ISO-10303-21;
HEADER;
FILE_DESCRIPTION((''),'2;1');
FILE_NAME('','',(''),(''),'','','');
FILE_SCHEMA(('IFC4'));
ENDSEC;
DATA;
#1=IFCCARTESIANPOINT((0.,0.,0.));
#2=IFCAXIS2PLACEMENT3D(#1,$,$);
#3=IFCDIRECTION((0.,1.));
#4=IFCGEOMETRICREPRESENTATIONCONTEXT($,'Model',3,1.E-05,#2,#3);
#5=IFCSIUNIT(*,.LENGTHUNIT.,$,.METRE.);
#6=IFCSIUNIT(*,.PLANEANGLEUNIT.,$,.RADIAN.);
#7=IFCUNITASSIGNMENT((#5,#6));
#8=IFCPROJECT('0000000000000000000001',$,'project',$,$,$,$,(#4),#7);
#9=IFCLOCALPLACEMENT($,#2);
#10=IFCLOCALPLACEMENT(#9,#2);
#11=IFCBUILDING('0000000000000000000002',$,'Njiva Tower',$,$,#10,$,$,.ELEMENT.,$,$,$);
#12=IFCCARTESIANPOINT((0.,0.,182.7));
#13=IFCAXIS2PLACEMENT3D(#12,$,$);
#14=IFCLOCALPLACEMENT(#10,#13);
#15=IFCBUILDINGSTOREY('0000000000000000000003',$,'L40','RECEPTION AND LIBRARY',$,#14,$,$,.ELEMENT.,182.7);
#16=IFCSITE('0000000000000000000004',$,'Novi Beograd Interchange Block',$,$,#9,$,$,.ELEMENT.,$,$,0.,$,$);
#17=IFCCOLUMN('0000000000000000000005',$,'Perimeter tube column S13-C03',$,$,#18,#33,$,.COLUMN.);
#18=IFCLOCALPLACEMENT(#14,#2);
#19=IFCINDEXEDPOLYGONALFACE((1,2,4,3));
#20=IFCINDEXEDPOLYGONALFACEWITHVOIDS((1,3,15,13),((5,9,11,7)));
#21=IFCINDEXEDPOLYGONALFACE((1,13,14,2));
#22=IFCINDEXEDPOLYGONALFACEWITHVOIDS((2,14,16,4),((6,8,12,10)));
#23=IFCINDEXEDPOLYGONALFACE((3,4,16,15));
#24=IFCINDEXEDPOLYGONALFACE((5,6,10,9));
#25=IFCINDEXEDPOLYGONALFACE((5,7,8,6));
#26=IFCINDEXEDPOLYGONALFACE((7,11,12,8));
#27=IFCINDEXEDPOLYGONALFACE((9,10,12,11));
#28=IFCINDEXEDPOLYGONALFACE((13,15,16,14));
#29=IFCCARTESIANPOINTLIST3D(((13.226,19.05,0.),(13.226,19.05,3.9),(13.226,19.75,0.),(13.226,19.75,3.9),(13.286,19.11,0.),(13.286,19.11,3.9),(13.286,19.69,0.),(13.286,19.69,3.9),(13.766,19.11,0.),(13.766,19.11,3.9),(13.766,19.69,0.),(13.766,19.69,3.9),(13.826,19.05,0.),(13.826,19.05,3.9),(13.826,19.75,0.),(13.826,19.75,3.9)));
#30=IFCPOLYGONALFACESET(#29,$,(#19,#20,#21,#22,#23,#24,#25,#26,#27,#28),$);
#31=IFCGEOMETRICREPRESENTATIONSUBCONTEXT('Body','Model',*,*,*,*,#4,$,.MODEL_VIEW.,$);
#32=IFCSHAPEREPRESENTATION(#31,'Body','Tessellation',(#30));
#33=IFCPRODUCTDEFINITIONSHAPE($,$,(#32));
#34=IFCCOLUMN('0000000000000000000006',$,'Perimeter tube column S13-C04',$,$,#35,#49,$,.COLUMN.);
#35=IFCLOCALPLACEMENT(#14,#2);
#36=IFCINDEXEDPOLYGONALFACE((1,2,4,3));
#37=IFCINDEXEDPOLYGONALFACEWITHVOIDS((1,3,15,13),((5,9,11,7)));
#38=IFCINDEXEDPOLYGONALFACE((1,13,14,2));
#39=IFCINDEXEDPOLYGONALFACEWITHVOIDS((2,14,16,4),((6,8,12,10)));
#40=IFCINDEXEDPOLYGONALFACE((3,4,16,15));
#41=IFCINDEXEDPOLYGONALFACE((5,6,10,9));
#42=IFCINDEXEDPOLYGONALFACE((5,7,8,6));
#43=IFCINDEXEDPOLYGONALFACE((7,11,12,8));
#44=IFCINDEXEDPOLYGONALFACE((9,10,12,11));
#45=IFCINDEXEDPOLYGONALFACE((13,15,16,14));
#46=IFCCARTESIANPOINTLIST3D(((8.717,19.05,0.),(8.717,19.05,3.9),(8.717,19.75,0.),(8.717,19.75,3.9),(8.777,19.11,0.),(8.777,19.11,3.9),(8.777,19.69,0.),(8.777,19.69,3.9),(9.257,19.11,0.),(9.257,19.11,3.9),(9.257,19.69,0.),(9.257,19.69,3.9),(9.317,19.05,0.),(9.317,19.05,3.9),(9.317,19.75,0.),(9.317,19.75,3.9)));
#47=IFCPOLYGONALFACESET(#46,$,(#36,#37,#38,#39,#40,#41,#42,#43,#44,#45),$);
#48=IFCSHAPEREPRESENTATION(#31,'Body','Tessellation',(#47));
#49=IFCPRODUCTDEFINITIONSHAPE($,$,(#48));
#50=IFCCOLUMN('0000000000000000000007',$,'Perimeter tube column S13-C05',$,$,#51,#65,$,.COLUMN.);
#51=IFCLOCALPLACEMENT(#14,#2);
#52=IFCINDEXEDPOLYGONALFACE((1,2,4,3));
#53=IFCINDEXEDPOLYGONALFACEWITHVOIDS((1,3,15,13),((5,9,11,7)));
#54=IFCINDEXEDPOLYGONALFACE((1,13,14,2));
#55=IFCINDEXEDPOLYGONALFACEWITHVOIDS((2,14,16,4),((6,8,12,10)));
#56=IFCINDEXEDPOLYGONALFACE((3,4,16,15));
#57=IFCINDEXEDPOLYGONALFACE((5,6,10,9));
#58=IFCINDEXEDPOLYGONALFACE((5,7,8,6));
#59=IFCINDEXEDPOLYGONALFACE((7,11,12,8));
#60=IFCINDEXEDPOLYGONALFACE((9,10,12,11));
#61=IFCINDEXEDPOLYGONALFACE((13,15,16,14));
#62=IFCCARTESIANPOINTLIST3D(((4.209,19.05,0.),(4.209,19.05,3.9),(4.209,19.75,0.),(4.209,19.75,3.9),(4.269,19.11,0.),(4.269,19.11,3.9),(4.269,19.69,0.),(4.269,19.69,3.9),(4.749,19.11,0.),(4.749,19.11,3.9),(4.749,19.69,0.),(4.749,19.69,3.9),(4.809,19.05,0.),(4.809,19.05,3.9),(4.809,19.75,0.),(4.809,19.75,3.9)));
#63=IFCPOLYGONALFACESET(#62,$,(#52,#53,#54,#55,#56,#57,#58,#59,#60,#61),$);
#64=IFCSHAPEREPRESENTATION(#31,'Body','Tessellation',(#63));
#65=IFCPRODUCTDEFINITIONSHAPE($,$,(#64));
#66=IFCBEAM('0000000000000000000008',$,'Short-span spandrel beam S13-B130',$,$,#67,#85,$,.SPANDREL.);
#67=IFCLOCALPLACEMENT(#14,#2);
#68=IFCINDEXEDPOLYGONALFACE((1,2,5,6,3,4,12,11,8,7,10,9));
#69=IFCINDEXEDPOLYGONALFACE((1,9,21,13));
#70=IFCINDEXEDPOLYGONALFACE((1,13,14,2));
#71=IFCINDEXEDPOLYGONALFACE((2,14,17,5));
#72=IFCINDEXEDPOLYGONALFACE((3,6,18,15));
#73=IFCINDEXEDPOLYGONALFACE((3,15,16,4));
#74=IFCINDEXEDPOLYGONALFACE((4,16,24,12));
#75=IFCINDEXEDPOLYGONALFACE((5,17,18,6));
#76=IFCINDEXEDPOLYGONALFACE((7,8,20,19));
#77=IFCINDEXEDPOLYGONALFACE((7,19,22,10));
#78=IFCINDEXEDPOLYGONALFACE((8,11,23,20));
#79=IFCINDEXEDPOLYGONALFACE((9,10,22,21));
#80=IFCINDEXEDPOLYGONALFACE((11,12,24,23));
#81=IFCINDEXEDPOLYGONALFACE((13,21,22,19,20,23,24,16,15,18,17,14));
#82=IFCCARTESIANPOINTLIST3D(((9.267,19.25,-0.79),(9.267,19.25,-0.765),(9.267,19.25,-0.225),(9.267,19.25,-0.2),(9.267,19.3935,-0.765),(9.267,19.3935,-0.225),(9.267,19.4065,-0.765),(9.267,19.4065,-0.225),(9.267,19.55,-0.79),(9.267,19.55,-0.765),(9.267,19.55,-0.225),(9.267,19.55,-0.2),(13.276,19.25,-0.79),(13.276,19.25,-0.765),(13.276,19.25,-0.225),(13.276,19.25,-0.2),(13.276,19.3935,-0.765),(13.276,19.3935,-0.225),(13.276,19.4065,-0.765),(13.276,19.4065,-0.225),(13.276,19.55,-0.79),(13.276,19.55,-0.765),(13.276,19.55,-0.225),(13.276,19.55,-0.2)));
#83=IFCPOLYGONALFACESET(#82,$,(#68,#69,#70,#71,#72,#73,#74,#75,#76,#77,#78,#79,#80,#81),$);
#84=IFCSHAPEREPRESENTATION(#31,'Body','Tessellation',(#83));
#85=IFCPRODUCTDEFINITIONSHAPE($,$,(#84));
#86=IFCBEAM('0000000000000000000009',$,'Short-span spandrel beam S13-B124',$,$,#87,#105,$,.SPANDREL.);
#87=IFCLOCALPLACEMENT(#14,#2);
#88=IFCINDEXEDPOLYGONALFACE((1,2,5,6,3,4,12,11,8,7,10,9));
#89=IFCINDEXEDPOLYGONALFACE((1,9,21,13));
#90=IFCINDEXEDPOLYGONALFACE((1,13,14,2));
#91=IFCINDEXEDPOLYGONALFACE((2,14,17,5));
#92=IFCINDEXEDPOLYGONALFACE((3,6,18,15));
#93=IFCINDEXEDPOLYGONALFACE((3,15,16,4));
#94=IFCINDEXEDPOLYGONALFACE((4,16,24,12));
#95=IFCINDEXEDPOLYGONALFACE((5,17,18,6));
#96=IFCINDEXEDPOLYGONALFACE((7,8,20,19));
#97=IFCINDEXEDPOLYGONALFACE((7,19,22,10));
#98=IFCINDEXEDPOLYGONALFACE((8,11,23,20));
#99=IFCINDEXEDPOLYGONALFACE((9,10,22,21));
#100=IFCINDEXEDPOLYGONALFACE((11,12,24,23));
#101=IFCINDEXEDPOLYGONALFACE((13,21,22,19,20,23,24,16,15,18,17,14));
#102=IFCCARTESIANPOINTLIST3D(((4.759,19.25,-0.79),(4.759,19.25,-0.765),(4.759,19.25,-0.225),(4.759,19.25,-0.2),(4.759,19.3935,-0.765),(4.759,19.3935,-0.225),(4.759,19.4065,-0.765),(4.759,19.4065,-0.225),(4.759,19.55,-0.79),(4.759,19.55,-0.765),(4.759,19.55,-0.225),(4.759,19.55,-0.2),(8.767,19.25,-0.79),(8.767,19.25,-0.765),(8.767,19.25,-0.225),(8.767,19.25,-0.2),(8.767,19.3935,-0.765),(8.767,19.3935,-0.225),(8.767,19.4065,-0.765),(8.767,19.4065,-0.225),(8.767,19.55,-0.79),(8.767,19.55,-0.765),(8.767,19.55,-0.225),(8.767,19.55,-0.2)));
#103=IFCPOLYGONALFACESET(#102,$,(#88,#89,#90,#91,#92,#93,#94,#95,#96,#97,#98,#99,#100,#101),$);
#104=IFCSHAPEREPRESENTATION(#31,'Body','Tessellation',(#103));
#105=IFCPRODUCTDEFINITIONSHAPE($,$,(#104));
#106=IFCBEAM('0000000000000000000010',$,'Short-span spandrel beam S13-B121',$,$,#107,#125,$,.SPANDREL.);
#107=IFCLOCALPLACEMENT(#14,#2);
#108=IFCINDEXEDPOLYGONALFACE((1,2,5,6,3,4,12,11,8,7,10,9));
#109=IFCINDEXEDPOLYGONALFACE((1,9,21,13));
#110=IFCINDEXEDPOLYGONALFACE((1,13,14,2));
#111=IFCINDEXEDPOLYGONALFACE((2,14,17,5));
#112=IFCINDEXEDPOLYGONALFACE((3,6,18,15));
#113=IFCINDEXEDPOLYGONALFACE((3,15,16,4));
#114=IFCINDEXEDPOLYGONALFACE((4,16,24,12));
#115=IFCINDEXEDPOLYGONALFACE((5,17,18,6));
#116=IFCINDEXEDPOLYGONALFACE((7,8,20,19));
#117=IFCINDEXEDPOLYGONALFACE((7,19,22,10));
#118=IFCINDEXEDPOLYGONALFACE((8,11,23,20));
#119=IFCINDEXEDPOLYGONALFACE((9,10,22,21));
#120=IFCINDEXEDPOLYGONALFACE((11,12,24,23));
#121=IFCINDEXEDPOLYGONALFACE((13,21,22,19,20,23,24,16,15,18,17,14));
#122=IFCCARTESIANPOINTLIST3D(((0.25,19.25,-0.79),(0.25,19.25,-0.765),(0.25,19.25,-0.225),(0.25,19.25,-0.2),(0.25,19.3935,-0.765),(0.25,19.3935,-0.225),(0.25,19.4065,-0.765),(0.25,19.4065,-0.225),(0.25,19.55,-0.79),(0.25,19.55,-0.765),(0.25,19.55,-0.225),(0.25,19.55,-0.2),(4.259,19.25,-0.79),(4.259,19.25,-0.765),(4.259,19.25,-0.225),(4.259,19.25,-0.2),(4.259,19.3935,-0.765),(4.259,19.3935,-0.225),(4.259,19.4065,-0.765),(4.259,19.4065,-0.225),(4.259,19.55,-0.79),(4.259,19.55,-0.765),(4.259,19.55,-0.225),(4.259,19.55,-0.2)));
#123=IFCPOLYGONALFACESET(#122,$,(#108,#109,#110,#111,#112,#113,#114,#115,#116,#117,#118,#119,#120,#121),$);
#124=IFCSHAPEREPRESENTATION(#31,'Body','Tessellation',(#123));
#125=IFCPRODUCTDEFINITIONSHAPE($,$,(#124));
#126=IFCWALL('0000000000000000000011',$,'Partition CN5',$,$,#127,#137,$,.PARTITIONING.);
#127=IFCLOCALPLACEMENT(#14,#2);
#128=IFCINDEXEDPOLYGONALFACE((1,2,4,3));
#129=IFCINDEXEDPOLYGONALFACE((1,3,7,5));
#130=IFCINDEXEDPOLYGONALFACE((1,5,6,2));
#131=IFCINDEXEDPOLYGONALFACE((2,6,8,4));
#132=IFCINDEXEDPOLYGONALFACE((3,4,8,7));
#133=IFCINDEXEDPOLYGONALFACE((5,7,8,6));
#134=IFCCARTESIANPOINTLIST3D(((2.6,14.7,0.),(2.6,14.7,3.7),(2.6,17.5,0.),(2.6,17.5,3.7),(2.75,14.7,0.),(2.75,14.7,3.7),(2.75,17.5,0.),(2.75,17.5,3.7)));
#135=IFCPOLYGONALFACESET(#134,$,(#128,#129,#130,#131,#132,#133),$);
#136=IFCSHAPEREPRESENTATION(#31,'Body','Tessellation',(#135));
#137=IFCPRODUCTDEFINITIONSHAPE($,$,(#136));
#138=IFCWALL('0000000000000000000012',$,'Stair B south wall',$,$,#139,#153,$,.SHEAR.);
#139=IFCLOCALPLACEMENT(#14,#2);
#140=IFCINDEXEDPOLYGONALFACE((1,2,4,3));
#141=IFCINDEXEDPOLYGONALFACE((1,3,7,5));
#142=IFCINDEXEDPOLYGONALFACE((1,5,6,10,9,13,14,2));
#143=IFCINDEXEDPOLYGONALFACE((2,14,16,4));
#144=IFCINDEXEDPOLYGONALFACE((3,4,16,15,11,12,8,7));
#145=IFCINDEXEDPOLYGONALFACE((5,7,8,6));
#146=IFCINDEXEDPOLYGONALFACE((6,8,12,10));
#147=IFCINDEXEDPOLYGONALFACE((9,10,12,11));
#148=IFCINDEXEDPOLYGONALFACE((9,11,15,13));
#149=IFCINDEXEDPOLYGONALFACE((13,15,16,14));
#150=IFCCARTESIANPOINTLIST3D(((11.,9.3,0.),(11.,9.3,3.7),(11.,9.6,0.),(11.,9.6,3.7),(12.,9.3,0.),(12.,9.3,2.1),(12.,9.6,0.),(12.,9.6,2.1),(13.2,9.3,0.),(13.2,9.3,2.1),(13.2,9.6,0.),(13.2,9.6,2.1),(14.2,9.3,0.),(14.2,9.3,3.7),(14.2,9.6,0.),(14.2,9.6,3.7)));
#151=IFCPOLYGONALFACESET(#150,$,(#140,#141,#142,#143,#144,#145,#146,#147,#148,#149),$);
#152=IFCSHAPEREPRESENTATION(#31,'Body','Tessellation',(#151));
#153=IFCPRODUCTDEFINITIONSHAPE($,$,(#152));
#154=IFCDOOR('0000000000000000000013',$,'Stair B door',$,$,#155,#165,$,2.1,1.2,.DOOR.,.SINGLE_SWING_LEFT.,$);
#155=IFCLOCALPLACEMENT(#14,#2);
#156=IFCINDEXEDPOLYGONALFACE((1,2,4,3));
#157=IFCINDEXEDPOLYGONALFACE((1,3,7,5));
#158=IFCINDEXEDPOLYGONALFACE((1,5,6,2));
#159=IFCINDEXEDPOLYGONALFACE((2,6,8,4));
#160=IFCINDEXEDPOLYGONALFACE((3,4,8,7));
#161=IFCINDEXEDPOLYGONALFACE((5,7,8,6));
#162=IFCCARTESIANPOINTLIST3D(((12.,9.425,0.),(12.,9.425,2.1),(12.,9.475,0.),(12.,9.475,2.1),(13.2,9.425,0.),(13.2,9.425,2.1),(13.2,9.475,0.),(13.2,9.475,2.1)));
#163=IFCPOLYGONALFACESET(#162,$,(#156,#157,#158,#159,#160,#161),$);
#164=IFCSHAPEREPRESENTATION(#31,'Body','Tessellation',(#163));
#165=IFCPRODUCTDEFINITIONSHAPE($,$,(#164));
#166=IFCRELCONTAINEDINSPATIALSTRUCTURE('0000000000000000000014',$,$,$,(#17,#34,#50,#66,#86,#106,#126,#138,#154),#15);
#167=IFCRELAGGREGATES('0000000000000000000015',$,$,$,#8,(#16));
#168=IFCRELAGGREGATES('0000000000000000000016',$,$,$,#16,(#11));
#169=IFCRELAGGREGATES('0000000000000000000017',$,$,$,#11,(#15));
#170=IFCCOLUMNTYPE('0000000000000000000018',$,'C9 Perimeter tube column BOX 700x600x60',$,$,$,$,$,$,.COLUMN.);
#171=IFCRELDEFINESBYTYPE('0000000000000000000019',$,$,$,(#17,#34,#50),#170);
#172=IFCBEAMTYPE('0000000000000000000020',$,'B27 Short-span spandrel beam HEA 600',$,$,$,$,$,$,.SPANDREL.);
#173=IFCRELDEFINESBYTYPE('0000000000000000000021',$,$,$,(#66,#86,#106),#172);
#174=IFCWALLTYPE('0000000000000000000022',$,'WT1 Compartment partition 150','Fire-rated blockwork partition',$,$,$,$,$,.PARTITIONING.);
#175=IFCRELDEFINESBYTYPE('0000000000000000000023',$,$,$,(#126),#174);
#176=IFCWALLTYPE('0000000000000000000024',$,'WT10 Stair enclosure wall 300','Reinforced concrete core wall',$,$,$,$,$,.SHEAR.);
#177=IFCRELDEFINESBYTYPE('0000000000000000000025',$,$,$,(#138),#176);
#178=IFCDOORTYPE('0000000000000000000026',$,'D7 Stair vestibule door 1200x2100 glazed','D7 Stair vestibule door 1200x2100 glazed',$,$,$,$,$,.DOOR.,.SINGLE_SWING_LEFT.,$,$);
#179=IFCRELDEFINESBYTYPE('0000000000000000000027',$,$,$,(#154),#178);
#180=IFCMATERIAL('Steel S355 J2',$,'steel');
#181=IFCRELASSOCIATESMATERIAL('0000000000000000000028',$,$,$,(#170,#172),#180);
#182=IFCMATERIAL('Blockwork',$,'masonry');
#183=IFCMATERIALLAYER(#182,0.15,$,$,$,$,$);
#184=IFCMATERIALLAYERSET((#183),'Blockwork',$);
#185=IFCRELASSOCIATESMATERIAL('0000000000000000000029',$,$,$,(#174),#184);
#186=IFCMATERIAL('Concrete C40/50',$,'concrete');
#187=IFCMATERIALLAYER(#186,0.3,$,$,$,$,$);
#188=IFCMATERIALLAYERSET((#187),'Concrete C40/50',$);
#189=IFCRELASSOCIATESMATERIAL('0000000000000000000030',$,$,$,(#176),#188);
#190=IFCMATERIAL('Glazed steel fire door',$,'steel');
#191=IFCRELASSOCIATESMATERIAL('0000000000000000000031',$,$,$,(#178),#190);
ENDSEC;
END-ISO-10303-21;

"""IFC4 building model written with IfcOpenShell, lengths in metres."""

from ifc_helpers import new_model, si_unit, direction, frame, frame_2d, origin, origin_2d, place, context, subcontext, project, spatial, rectangle, hollow_rectangle, i_section, extrude, material, layer, layer_set, material_profile, profile_set, type_object, element, fill, save


model = new_model("IFC4")

# Units and contexts
model_context = context("Model", 3, precision=1e-05, world=origin(), true_north=direction((0.0, 1.0)))
body_context = subcontext(model_context, "Body", "Model", "MODEL_VIEW")
ifc_project = project(units=[si_unit("LENGTHUNIT", "METRE"), si_unit("PLANEANGLEUNIT", "RADIAN")], contexts=[model_context])

# Site, building, storey
site_placement = place(None, origin())
site = spatial("IfcSite", under=ifc_project, at=site_placement, Name="Novi Beograd Interchange Block", CompositionType="ELEMENT", RefElevation=0.0)
building_placement = place(site_placement, origin())
building = spatial("IfcBuilding", under=site, at=building_placement, Name="Njiva Tower", CompositionType="ELEMENT")
storey_placement = place(building_placement, frame((0.0, 0.0, 182.7)))
storey = spatial("IfcBuildingStorey", under=building, at=storey_placement, Name="L40", Description="RECEPTION AND LIBRARY", CompositionType="ELEMENT", Elevation=182.7)

# Columns
ifc_material_1 = material(Name="Steel S355 J2", Category="steel")
ifc_material_profile_1 = material_profile(ifc_material_1, hollow_rectangle(XDim=0.6, YDim=0.7, WallThickness=0.06, at=origin_2d()), Name="BOX 700x600x60")
ifc_profile_set_1 = profile_set([ifc_material_profile_1], Name="Steel S355 J2")
column_type = type_object("IfcColumnType", Name="C9 Perimeter tube column BOX 700x600x60", PredefinedType="COLUMN", material=ifc_profile_set_1)
for number, where, z_axis, x_axis, name in (
    (1, (13.526, 19.4, 0.0), (0.0, 0.0, 1.0), (-1.0, 0.0, 0.0), "Perimeter tube column S13-C03"),
    (2, (9.017, 19.4, 0.0), (0.0, 0.0, 1.0), (-1.0, 0.0, 0.0), "Perimeter tube column S13-C04"),
    (3, (4.509, 19.4, 0.0), (0.0, 0.0, 1.0), (-1.0, 0.0, 0.0), "Perimeter tube column S13-C05"),
):
    element("IfcColumn", number, at=place(storey_placement, frame(where, z_axis=z_axis, x_axis=x_axis)), inside=storey, type_object=column_type, Name=name, PredefinedType="COLUMN", context=body_context, shape_type="SweptSolid", body=[
        extrude(hollow_rectangle(XDim=0.6, YDim=0.7, WallThickness=0.06, at=origin_2d()), origin(), (0.0, 0.0, 1.0), 3.9),
    ])

# Beams
ifc_material_profile_2 = material_profile(ifc_material_1, i_section(OverallWidth=0.3, OverallDepth=0.59, WebThickness=0.013, FlangeThickness=0.025, at=origin_2d()), Name="HEA 600")
ifc_profile_set_2 = profile_set([ifc_material_profile_2], Name="Steel S355 J2")
beam_type = type_object("IfcBeamType", Name="B27 Short-span spandrel beam HEA 600", PredefinedType="SPANDREL", material=ifc_profile_set_2)
beam_1_placement = place(storey_placement, frame((13.276, 19.4, -0.495), z_axis=(-1.0, 0.0, 0.0), x_axis=(0.0, -1.0, 0.0)))
element("IfcBeam", 4, at=beam_1_placement, inside=storey, type_object=beam_type, Name="Short-span spandrel beam S13-B130", PredefinedType="SPANDREL", context=body_context, shape_type="SweptSolid", body=[
    extrude(i_section(OverallWidth=0.3, OverallDepth=0.59, WebThickness=0.013, FlangeThickness=0.025, at=origin_2d()), origin(), (0.0, 0.0, 1.0), 4.009),
])
beam_2_placement = place(storey_placement, frame((8.767, 19.4, -0.495), z_axis=(-1.0, 0.0, 0.0), x_axis=(0.0, -1.0, 0.0)))
element("IfcBeam", 5, at=beam_2_placement, inside=storey, type_object=beam_type, Name="Short-span spandrel beam S13-B124", PredefinedType="SPANDREL", context=body_context, shape_type="SweptSolid", body=[
    extrude(i_section(OverallWidth=0.3, OverallDepth=0.59, WebThickness=0.013, FlangeThickness=0.025, at=origin_2d()), origin(), (0.0, 0.0, 1.0), 4.008),
])
beam_3_placement = place(storey_placement, frame((4.259, 19.4, -0.495), z_axis=(-1.0, 0.0, 0.0), x_axis=(0.0, -1.0, 0.0)))
element("IfcBeam", 6, at=beam_3_placement, inside=storey, type_object=beam_type, Name="Short-span spandrel beam S13-B121", PredefinedType="SPANDREL", context=body_context, shape_type="SweptSolid", body=[
    extrude(i_section(OverallWidth=0.3, OverallDepth=0.59, WebThickness=0.013, FlangeThickness=0.025, at=origin_2d()), origin(), (0.0, 0.0, 1.0), 4.009),
])

# Wall
ifc_material_2 = material(Name="Blockwork", Category="masonry")
ifc_layer_1 = layer(ifc_material_2, 0.15)
ifc_layer_set_1 = layer_set([ifc_layer_1], Name="Blockwork")
wall_type_1 = type_object("IfcWallType", Name="WT1 Compartment partition 150", Description="Fire-rated blockwork partition", PredefinedType="PARTITIONING", material=ifc_layer_set_1)
wall_1_placement = place(storey_placement, frame((2.675, 14.7, 0.0), z_axis=(0.0, 0.0, 1.0), x_axis=(0.0, 1.0, 0.0)))
element("IfcWall", 7, at=wall_1_placement, inside=storey, type_object=wall_type_1, Name="Partition CN5", PredefinedType="PARTITIONING", context=body_context, shape_type="SweptSolid", body=[
    extrude(rectangle(XDim=2.8, YDim=0.15, at=frame_2d((1.4, 0.0))), origin(), (0.0, 0.0, 1.0), 3.7),
])

# Wall, opening, door
ifc_material_3 = material(Name="Concrete C40/50", Category="concrete")
ifc_layer_2 = layer(ifc_material_3, 0.3)
ifc_layer_set_2 = layer_set([ifc_layer_2], Name="Concrete C40/50")
wall_type_2 = type_object("IfcWallType", Name="WT10 Stair enclosure wall 300", Description="Reinforced concrete core wall", PredefinedType="SHEAR", material=ifc_layer_set_2)
wall_2_placement = place(storey_placement, frame((11.0, 9.45, 0.0), z_axis=(0.0, 0.0, 1.0), x_axis=(1.0, 0.0, 0.0)))
wall_2 = element("IfcWall", 8, at=wall_2_placement, inside=storey, type_object=wall_type_2, Name="Stair B south wall", PredefinedType="SHEAR", context=body_context, shape_type="SweptSolid", body=[
    extrude(rectangle(XDim=3.2, YDim=0.3, at=frame_2d((1.6, 0.0))), origin(), (0.0, 0.0, 1.0), 3.7),
])
opening_1_placement = place(wall_2_placement, frame((1.0, 0.0, 0.0)))
opening_1 = element("IfcOpeningElement", 9, at=opening_1_placement, cuts=wall_2, PredefinedType="OPENING", context=body_context, shape_type="SweptSolid", body=[
    extrude(rectangle(XDim=1.2, YDim=2.1, at=frame_2d((0.6, 1.05))), frame((0.0, 0.16, 0.0), z_axis=(0.0, -1.0, 0.0), x_axis=(1.0, 0.0, 0.0)), (0.0, 0.0, 1.0), 0.32),
])
ifc_material_4 = material(Name="Glazed steel fire door", Category="steel")
door_type_1 = type_object("IfcDoorType", Name="D7 Stair vestibule door 1200x2100 glazed", Description="D7 Stair vestibule door 1200x2100 glazed", OperationType="SINGLE_SWING_LEFT", PredefinedType="DOOR", material=ifc_material_4)
door_1_placement = place(opening_1_placement, origin())
door_1 = element("IfcDoor", 10, at=door_1_placement, inside=storey, type_object=door_type_1, Name="Stair B door", OperationType="SINGLE_SWING_LEFT", OverallHeight=2.1, OverallWidth=1.2, PredefinedType="DOOR", context=body_context, shape_type="SweptSolid", body=[
    extrude(rectangle(XDim=1.2, YDim=2.1, at=frame_2d((0.6, 1.05))), frame((0.0, 0.025, 0.0), z_axis=(0.0, -1.0, 0.0), x_axis=(1.0, 0.0, 0.0)), (0.0, 0.0, 1.0), 0.05),
])
fill(opening_1, door_1)

save(model, "model.ifc")
